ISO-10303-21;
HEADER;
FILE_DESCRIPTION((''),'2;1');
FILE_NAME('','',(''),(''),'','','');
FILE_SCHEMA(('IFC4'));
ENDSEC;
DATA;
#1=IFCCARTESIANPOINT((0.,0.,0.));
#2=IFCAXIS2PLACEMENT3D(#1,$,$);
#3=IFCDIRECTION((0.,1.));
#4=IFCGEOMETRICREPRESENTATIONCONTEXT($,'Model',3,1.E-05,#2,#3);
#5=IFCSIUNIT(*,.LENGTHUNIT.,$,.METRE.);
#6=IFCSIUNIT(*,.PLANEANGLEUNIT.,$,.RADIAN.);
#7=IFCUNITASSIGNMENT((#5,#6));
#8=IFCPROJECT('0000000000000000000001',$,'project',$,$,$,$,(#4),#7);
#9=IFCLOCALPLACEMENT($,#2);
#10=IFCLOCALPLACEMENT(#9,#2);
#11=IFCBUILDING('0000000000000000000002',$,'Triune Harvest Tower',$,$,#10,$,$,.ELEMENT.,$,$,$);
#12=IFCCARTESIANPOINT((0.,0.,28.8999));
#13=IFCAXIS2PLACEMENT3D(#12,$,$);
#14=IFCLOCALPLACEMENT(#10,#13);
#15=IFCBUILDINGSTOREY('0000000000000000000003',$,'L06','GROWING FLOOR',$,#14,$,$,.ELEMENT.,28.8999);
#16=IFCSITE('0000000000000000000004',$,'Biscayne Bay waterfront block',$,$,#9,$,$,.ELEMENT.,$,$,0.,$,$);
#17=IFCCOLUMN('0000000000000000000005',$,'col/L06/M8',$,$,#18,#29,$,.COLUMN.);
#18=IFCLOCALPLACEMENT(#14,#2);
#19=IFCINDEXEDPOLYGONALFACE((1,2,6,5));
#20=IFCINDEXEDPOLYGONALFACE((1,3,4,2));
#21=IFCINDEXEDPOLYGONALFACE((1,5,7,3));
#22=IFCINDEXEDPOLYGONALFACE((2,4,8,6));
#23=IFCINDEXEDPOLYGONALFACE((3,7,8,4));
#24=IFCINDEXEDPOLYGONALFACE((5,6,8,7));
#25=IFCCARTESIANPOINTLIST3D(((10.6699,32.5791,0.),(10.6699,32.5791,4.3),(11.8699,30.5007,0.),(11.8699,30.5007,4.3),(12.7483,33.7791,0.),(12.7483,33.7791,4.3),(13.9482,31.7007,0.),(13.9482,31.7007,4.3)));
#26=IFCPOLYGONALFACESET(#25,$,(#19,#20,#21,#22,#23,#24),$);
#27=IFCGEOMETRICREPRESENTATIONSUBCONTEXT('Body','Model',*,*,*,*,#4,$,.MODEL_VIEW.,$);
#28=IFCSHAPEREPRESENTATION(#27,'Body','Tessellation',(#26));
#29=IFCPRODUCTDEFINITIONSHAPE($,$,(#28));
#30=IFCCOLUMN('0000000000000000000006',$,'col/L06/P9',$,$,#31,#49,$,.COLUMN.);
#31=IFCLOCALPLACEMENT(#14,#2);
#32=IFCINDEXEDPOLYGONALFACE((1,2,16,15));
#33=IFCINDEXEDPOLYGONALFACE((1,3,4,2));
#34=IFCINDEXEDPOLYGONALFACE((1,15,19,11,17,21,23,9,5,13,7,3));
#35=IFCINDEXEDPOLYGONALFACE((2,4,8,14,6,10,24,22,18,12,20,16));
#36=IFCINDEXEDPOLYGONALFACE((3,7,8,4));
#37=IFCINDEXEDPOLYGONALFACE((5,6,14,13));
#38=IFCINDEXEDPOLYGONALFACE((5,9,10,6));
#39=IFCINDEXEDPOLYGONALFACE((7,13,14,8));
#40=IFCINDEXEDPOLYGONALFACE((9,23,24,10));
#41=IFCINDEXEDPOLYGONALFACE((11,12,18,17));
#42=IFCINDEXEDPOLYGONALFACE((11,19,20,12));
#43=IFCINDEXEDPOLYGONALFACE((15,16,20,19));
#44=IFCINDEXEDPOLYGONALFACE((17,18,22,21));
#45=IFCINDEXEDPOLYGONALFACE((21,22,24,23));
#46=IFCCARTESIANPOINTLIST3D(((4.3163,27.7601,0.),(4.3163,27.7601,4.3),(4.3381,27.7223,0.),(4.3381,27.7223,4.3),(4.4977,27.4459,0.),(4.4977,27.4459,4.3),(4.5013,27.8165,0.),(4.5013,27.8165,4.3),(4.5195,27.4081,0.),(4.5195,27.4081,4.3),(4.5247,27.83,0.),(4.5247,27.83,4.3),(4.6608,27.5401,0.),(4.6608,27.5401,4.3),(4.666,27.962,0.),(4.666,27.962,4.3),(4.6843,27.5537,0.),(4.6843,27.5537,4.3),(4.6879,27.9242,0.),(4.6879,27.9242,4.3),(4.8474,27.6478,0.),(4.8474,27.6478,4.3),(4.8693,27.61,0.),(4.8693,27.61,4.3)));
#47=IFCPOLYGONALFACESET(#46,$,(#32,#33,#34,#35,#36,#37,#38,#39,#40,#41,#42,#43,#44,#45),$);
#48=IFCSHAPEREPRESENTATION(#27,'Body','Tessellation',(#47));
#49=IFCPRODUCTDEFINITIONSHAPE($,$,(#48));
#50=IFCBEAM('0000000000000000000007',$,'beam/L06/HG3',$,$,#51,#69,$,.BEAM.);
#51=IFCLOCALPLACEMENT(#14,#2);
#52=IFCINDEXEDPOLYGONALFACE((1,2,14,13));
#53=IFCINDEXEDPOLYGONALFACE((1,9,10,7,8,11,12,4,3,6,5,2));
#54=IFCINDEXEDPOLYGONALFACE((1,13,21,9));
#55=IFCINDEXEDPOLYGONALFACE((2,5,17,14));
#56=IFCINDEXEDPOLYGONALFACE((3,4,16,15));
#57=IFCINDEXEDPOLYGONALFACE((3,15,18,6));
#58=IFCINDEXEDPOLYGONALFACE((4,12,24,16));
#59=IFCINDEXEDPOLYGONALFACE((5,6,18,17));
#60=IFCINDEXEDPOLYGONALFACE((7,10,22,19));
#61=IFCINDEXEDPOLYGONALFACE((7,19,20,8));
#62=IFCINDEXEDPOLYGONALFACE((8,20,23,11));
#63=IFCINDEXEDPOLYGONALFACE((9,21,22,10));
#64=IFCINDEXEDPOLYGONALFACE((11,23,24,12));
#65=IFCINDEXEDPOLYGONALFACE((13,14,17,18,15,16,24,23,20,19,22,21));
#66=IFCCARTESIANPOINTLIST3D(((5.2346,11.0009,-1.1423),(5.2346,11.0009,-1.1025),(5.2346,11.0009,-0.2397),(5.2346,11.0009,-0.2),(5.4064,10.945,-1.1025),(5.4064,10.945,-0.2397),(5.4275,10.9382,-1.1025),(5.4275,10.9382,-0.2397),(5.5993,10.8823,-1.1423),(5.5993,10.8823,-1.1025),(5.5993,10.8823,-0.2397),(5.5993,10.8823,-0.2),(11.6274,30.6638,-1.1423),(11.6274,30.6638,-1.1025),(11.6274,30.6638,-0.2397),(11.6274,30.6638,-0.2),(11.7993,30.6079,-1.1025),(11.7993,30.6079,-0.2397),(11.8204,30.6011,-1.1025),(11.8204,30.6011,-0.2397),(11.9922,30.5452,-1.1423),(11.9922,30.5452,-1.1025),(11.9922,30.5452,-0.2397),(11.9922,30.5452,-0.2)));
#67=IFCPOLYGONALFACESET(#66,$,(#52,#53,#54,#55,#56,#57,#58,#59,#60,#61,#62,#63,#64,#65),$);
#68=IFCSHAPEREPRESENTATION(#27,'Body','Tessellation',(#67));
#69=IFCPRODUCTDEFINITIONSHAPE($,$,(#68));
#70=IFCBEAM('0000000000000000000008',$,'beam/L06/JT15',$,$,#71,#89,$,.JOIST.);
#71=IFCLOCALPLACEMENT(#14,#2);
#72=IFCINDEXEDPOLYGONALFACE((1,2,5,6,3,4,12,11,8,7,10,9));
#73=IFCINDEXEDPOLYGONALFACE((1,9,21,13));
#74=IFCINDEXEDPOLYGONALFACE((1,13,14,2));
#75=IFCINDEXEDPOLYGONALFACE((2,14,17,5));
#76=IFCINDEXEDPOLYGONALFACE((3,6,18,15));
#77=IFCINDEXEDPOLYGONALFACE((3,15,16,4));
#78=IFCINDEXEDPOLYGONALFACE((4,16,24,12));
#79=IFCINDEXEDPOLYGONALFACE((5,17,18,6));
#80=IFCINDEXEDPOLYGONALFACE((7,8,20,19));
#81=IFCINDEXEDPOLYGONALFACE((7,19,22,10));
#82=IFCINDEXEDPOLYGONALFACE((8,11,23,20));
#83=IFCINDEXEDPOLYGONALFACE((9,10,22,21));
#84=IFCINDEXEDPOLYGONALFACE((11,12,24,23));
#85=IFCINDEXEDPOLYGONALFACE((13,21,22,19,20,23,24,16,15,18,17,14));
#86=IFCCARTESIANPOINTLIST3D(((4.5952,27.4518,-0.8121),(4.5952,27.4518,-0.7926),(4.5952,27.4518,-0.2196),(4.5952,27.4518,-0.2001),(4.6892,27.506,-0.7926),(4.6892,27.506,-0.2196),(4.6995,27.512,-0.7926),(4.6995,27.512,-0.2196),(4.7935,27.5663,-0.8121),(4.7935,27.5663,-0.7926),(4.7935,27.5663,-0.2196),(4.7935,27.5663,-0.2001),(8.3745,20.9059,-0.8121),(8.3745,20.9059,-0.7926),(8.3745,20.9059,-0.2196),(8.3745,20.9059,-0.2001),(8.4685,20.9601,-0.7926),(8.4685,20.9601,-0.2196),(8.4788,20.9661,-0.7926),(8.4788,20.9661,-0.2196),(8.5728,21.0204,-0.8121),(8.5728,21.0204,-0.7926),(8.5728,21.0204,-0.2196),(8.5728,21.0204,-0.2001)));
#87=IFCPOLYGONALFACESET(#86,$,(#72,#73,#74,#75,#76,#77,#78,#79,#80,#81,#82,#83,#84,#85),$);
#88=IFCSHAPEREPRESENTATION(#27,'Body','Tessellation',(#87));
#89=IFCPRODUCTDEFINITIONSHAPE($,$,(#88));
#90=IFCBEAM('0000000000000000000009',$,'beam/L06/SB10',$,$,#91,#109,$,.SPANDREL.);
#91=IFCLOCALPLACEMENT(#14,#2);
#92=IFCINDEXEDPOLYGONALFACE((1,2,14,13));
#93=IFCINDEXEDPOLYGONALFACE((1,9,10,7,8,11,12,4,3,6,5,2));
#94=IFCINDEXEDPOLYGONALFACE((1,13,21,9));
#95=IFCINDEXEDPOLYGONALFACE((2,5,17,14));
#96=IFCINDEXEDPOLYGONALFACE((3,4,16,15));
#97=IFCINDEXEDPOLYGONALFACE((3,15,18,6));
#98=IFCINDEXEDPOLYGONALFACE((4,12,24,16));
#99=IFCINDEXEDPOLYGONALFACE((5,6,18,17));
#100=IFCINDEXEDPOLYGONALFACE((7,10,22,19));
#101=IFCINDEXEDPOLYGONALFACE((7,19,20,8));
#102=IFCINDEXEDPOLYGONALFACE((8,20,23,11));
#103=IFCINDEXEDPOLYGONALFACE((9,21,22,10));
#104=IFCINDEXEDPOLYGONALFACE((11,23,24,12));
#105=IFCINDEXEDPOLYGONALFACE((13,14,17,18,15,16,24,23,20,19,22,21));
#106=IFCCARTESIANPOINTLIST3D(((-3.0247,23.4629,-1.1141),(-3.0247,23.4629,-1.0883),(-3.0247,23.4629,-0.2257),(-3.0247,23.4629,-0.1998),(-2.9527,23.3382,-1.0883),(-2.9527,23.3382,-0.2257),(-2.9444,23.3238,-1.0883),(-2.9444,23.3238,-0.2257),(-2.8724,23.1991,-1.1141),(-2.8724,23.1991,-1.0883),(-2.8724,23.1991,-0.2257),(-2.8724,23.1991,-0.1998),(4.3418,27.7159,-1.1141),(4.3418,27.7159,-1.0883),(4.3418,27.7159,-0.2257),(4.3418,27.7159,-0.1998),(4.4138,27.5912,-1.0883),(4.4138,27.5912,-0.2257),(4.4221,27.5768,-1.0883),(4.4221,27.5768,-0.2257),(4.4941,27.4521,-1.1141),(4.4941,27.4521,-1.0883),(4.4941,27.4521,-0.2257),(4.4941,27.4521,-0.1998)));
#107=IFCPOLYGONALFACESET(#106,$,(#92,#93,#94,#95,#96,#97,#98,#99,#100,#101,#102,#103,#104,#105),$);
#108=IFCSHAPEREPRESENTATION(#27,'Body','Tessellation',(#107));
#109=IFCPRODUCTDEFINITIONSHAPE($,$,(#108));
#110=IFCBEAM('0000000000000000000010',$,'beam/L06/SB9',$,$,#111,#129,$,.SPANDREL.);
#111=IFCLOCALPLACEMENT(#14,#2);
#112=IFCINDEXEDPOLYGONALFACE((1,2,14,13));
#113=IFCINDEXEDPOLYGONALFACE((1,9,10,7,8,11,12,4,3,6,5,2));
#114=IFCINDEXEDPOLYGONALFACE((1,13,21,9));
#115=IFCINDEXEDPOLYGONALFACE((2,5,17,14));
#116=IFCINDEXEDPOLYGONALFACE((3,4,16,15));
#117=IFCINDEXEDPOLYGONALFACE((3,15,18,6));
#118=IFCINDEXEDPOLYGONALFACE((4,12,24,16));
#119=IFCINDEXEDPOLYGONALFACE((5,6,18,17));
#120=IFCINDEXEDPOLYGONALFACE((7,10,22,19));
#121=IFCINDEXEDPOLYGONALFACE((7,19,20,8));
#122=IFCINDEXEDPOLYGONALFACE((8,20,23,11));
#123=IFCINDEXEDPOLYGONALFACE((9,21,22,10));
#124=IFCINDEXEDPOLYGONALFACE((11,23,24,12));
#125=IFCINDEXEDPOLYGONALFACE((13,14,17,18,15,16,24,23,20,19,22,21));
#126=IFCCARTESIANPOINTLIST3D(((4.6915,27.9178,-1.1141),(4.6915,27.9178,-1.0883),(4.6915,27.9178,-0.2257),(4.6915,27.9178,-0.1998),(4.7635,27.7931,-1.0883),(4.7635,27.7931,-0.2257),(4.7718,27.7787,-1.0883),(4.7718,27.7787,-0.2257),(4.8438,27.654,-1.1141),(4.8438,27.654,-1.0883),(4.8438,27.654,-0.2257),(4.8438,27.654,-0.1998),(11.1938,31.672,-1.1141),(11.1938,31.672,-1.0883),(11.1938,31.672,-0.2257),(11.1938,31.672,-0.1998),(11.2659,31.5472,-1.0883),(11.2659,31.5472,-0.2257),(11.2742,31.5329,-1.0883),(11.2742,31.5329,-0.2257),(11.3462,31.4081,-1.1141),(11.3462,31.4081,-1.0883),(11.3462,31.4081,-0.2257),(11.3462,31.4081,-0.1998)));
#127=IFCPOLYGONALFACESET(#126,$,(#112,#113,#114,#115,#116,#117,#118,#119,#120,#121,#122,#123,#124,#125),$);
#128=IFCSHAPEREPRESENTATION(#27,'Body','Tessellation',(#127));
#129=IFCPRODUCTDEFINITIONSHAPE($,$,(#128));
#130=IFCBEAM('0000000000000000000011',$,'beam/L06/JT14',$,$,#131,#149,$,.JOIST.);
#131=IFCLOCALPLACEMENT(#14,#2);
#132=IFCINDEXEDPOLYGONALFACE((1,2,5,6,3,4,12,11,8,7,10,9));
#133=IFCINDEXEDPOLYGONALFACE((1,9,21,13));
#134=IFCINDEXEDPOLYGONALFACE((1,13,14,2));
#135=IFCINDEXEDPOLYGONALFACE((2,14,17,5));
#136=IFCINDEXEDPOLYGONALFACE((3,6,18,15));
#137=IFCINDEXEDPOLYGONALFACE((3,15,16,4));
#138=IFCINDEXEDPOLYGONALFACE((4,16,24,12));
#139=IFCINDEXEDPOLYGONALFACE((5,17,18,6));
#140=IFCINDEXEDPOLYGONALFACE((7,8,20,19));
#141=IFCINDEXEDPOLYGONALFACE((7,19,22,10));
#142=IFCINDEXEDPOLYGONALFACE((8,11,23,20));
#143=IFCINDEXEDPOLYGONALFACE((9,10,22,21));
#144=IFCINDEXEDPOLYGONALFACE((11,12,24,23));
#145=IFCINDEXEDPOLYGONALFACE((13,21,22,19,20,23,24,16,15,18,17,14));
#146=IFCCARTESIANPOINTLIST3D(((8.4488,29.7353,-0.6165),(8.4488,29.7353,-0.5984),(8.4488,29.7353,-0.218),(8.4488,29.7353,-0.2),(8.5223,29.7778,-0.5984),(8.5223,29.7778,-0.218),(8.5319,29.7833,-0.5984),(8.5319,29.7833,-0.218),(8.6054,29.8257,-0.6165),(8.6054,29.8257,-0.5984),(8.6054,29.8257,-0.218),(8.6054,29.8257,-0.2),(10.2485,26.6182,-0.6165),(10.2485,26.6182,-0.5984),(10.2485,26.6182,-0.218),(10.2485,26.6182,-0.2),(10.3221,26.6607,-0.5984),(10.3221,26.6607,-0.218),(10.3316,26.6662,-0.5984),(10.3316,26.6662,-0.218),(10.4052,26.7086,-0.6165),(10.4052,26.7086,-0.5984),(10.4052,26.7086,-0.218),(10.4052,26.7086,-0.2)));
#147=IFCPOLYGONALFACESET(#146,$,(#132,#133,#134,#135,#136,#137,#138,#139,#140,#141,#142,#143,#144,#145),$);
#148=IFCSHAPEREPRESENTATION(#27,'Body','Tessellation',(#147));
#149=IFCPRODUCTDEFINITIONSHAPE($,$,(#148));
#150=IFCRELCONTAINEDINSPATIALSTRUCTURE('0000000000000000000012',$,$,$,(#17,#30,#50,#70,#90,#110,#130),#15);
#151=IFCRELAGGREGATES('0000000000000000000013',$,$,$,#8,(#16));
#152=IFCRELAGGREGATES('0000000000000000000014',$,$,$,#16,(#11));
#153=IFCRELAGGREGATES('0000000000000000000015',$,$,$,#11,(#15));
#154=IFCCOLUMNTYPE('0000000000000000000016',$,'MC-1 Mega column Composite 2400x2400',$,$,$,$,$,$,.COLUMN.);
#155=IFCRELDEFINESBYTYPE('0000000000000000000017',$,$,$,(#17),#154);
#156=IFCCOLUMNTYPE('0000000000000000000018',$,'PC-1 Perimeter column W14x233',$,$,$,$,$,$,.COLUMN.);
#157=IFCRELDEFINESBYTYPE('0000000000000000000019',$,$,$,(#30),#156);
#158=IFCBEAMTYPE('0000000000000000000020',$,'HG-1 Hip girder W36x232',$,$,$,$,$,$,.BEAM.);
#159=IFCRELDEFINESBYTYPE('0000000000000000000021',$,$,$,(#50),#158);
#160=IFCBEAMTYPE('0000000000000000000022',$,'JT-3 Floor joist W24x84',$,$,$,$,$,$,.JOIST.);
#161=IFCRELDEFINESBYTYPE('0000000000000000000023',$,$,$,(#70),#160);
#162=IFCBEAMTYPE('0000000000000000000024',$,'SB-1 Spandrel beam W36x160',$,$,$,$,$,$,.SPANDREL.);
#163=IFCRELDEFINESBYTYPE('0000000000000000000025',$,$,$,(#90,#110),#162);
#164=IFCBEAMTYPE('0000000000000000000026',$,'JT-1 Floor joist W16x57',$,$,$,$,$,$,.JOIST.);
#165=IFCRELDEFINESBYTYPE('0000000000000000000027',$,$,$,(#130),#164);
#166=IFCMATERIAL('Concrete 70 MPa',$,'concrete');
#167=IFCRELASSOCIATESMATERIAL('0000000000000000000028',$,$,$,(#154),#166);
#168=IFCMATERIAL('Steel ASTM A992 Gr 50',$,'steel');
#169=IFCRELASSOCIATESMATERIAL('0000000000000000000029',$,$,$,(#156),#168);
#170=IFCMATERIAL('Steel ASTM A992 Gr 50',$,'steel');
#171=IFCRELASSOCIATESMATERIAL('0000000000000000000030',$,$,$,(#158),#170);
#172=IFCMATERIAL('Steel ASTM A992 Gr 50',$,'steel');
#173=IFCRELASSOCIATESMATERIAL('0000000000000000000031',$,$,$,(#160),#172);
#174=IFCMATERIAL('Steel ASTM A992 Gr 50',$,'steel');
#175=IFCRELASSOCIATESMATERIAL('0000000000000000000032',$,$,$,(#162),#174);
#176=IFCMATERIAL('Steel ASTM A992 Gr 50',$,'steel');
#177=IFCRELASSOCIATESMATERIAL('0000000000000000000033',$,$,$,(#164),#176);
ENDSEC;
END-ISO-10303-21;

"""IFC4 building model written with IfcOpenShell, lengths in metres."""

from ifc_helpers import new_model, si_unit, direction, frame, origin, origin_2d, place, context, subcontext, project, spatial, rectangle, i_section, extrude, source, transform, mapped, material, material_profile, profile_set, type_object, element, save


model = new_model("IFC4")

# Units and contexts
model_context = context("Model", 3, precision=1e-05, world=origin(), true_north=direction((0.0, 1.0)))
body_context = subcontext(model_context, "Body", "Model", "MODEL_VIEW")
ifc_project = project(units=[si_unit("LENGTHUNIT", "METRE"), si_unit("PLANEANGLEUNIT", "RADIAN")], contexts=[model_context])

# Site, building, storey
site_placement = place(None, origin())
site = spatial("IfcSite", under=ifc_project, at=site_placement, Name="Biscayne Bay waterfront block", CompositionType="ELEMENT", RefElevation=0.0)
building_placement = place(site_placement, origin())
building = spatial("IfcBuilding", under=site, at=building_placement, Name="Triune Harvest Tower", CompositionType="ELEMENT")
storey_placement = place(building_placement, frame((0.0, 0.0, 28.8999)))
storey = spatial("IfcBuildingStorey", under=building, at=storey_placement, Name="L06", Description="GROWING FLOOR", CompositionType="ELEMENT", Elevation=28.8999)

# Columns
ifc_material_1 = material(Name="Concrete 70 MPa", Category="concrete")
ifc_material_profile_1 = material_profile(ifc_material_1, rectangle(XDim=2.3999, YDim=2.3999, at=origin_2d()), Name="Composite 2400x2400")
ifc_profile_set_1 = profile_set([ifc_material_profile_1], Name="Concrete 70 MPa")
column_type_1 = type_object("IfcColumnType", Name="MC-1 Mega column Composite 2400x2400", PredefinedType="COLUMN", material=ifc_profile_set_1)
shared_shape_1 = source(origin(), body_context, "Body", "SweptSolid", [
    extrude(rectangle(XDim=2.3999, YDim=2.3999, at=origin_2d()), origin(), (0.0, 0.0, 1.0), 4.3),
])
column_1_placement = place(storey_placement, frame((12.3091, 32.1399, 0.0), z_axis=(0.0, 0.0, 1.0), x_axis=(-0.866025, -0.5, 0.0)))
element("IfcColumn", 1, at=column_1_placement, inside=storey, type_object=column_type_1, Name="col/L06/M8", PredefinedType="COLUMN", context=body_context, shape_type="MappedRepresentation", body=[
    mapped(shared_shape_1, transform((0.0, 0.0, 0.0), scale=1.0)),
])
ifc_material_2 = material(Name="Steel ASTM A992 Gr 50", Category="steel")
ifc_material_profile_2 = material_profile(ifc_material_2, i_section(OverallWidth=0.4038, OverallDepth=0.4065, WebThickness=0.0271, FlangeThickness=0.0437, at=origin_2d()), Name="W14x233")
ifc_profile_set_2 = profile_set([ifc_material_profile_2], Name="Steel ASTM A992 Gr 50")
column_type_2 = type_object("IfcColumnType", Name="PC-1 Perimeter column W14x233", PredefinedType="COLUMN", material=ifc_profile_set_2)
shared_shape_2 = source(origin(), body_context, "Body", "SweptSolid", [
    extrude(i_section(OverallWidth=0.4038, OverallDepth=0.4065, WebThickness=0.0271, FlangeThickness=0.0437, at=origin_2d()), origin(), (0.0, 0.0, 1.0), 4.3),
])
column_2_placement = place(storey_placement, frame((4.5928, 27.6851, 0.0), z_axis=(0.0, 0.0, 1.0), x_axis=(-0.866025, -0.5, 0.0)))
element("IfcColumn", 2, at=column_2_placement, inside=storey, type_object=column_type_2, Name="col/L06/P9", PredefinedType="COLUMN", context=body_context, shape_type="MappedRepresentation", body=[
    mapped(shared_shape_2, transform((0.0, 0.0, 0.0), scale=1.0)),
])

# Beams
ifc_material_3 = material(Name="Steel ASTM A992 Gr 50", Category="steel")
ifc_material_profile_3 = material_profile(ifc_material_3, i_section(OverallWidth=0.3835, OverallDepth=0.9424, WebThickness=0.0222, FlangeThickness=0.0398, at=origin_2d()), Name="W36x232")
ifc_profile_set_3 = profile_set([ifc_material_profile_3], Name="Steel ASTM A992 Gr 50")
beam_type_1 = type_object("IfcBeamType", Name="HG-1 Hip girder W36x232", PredefinedType="BEAM", material=ifc_profile_set_3)
shared_shape_3 = source(origin(), body_context, "Body", "SweptSolid", [
    extrude(i_section(OverallWidth=0.3835, OverallDepth=0.9424, WebThickness=0.0222, FlangeThickness=0.0398, at=origin_2d()), origin(), (0.0, 0.0, 1.0), 20.676),
])
beam_1_placement = place(storey_placement, frame((11.8098, 30.6045, -0.6711), z_axis=(-0.309191, -0.951, 0.0), x_axis=(0.951, -0.309191, 0.0)))
element("IfcBeam", 3, at=beam_1_placement, inside=storey, type_object=beam_type_1, Name="beam/L06/HG3", PredefinedType="BEAM", context=body_context, shape_type="MappedRepresentation", body=[
    mapped(shared_shape_3, transform((0.0, 0.0, 0.0), scale=1.0)),
])
ifc_material_4 = material(Name="Steel ASTM A992 Gr 50", Category="steel")
ifc_material_profile_4 = material_profile(ifc_material_4, i_section(OverallWidth=0.229, OverallDepth=0.6121, WebThickness=0.012, FlangeThickness=0.0195, at=origin_2d()), Name="W24x84")
ifc_profile_set_4 = profile_set([ifc_material_profile_4], Name="Steel ASTM A992 Gr 50")
beam_type_2 = type_object("IfcBeamType", Name="JT-3 Floor joist W24x84", PredefinedType="JOIST", material=ifc_profile_set_4)
shared_shape_4 = source(origin(), body_context, "Body", "SweptSolid", [
    extrude(i_section(OverallWidth=0.229, OverallDepth=0.6121, WebThickness=0.012, FlangeThickness=0.0195, at=origin_2d()), origin(), (0.0, 0.0, 1.0), 7.5586),
])
beam_2_placement = place(storey_placement, frame((4.6943, 27.509, -0.5061), z_axis=(0.500002, -0.866024, 0.0), x_axis=(0.866024, 0.500002, 0.0)))
element("IfcBeam", 4, at=beam_2_placement, inside=storey, type_object=beam_type_2, Name="beam/L06/JT15", PredefinedType="JOIST", context=body_context, shape_type="MappedRepresentation", body=[
    mapped(shared_shape_4, transform((0.0, 0.0, 0.0), scale=1.0)),
])
ifc_material_5 = material(Name="Steel ASTM A992 Gr 50", Category="steel")
ifc_material_profile_5 = material_profile(ifc_material_5, i_section(OverallWidth=0.3047, OverallDepth=0.9143, WebThickness=0.0166, FlangeThickness=0.0259, at=origin_2d()), Name="W36x160")
ifc_profile_set_5 = profile_set([ifc_material_profile_5], Name="Steel ASTM A992 Gr 50")
beam_type_3 = type_object("IfcBeamType", Name="SB-1 Spandrel beam W36x160", PredefinedType="SPANDREL", material=ifc_profile_set_5)
shared_shape_5 = source(origin(), body_context, "Body", "SweptSolid", [
    extrude(i_section(OverallWidth=0.3047, OverallDepth=0.9143, WebThickness=0.0166, FlangeThickness=0.0259, at=origin_2d()), origin(), (0.0, 0.0, 1.0), 8.5061),
])
beam_3_placement = place(storey_placement, frame((4.418, 27.584, -0.657), z_axis=(-0.86603, -0.499992, 0.0), x_axis=(0.499992, -0.86603, 0.0)))
element("IfcBeam", 5, at=beam_3_placement, inside=storey, type_object=beam_type_3, Name="beam/L06/SB10", PredefinedType="SPANDREL", context=body_context, shape_type="MappedRepresentation", body=[
    mapped(shared_shape_5, transform((0.0, 0.0, 0.0), scale=1.0)),
])
shared_shape_6 = source(origin(), body_context, "Body", "SweptSolid", [
    extrude(i_section(OverallWidth=0.3047, OverallDepth=0.9143, WebThickness=0.0166, FlangeThickness=0.0259, at=origin_2d()), origin(), (0.0, 0.0, 1.0), 7.5083),
])
beam_4_placement = place(storey_placement, frame((11.27, 31.54, -0.657), z_axis=(-0.866027, -0.499996, 0.0), x_axis=(0.499996, -0.866027, 0.0)))
element("IfcBeam", 6, at=beam_4_placement, inside=storey, type_object=beam_type_3, Name="beam/L06/SB9", PredefinedType="SPANDREL", context=body_context, shape_type="MappedRepresentation", body=[
    mapped(shared_shape_6, transform((0.0, 0.0, 0.0), scale=1.0)),
])
ifc_material_6 = material(Name="Steel ASTM A992 Gr 50", Category="steel")
ifc_material_profile_6 = material_profile(ifc_material_6, i_section(OverallWidth=0.1809, OverallDepth=0.4165, WebThickness=0.011, FlangeThickness=0.0181, at=origin_2d()), Name="W16x57")
ifc_profile_set_6 = profile_set([ifc_material_profile_6], Name="Steel ASTM A992 Gr 50")
beam_type_4 = type_object("IfcBeamType", Name="JT-1 Floor joist W16x57", PredefinedType="JOIST", material=ifc_profile_set_6)
shared_shape_7 = source(origin(), body_context, "Body", "SweptSolid", [
    extrude(i_section(OverallWidth=0.1809, OverallDepth=0.4165, WebThickness=0.011, FlangeThickness=0.0181, at=origin_2d()), origin(), (0.0, 0.0, 1.0), 3.5994),
])
beam_5_placement = place(storey_placement, frame((8.5271, 29.7805, -0.4082), z_axis=(0.50002, -0.866014, 0.0), x_axis=(0.866014, 0.50002, 0.0)))
element("IfcBeam", 7, at=beam_5_placement, inside=storey, type_object=beam_type_4, Name="beam/L06/JT14", PredefinedType="JOIST", context=body_context, shape_type="MappedRepresentation", body=[
    mapped(shared_shape_7, transform((0.0, 0.0, 0.0), scale=1.0)),
])

save(model, "model.ifc")
